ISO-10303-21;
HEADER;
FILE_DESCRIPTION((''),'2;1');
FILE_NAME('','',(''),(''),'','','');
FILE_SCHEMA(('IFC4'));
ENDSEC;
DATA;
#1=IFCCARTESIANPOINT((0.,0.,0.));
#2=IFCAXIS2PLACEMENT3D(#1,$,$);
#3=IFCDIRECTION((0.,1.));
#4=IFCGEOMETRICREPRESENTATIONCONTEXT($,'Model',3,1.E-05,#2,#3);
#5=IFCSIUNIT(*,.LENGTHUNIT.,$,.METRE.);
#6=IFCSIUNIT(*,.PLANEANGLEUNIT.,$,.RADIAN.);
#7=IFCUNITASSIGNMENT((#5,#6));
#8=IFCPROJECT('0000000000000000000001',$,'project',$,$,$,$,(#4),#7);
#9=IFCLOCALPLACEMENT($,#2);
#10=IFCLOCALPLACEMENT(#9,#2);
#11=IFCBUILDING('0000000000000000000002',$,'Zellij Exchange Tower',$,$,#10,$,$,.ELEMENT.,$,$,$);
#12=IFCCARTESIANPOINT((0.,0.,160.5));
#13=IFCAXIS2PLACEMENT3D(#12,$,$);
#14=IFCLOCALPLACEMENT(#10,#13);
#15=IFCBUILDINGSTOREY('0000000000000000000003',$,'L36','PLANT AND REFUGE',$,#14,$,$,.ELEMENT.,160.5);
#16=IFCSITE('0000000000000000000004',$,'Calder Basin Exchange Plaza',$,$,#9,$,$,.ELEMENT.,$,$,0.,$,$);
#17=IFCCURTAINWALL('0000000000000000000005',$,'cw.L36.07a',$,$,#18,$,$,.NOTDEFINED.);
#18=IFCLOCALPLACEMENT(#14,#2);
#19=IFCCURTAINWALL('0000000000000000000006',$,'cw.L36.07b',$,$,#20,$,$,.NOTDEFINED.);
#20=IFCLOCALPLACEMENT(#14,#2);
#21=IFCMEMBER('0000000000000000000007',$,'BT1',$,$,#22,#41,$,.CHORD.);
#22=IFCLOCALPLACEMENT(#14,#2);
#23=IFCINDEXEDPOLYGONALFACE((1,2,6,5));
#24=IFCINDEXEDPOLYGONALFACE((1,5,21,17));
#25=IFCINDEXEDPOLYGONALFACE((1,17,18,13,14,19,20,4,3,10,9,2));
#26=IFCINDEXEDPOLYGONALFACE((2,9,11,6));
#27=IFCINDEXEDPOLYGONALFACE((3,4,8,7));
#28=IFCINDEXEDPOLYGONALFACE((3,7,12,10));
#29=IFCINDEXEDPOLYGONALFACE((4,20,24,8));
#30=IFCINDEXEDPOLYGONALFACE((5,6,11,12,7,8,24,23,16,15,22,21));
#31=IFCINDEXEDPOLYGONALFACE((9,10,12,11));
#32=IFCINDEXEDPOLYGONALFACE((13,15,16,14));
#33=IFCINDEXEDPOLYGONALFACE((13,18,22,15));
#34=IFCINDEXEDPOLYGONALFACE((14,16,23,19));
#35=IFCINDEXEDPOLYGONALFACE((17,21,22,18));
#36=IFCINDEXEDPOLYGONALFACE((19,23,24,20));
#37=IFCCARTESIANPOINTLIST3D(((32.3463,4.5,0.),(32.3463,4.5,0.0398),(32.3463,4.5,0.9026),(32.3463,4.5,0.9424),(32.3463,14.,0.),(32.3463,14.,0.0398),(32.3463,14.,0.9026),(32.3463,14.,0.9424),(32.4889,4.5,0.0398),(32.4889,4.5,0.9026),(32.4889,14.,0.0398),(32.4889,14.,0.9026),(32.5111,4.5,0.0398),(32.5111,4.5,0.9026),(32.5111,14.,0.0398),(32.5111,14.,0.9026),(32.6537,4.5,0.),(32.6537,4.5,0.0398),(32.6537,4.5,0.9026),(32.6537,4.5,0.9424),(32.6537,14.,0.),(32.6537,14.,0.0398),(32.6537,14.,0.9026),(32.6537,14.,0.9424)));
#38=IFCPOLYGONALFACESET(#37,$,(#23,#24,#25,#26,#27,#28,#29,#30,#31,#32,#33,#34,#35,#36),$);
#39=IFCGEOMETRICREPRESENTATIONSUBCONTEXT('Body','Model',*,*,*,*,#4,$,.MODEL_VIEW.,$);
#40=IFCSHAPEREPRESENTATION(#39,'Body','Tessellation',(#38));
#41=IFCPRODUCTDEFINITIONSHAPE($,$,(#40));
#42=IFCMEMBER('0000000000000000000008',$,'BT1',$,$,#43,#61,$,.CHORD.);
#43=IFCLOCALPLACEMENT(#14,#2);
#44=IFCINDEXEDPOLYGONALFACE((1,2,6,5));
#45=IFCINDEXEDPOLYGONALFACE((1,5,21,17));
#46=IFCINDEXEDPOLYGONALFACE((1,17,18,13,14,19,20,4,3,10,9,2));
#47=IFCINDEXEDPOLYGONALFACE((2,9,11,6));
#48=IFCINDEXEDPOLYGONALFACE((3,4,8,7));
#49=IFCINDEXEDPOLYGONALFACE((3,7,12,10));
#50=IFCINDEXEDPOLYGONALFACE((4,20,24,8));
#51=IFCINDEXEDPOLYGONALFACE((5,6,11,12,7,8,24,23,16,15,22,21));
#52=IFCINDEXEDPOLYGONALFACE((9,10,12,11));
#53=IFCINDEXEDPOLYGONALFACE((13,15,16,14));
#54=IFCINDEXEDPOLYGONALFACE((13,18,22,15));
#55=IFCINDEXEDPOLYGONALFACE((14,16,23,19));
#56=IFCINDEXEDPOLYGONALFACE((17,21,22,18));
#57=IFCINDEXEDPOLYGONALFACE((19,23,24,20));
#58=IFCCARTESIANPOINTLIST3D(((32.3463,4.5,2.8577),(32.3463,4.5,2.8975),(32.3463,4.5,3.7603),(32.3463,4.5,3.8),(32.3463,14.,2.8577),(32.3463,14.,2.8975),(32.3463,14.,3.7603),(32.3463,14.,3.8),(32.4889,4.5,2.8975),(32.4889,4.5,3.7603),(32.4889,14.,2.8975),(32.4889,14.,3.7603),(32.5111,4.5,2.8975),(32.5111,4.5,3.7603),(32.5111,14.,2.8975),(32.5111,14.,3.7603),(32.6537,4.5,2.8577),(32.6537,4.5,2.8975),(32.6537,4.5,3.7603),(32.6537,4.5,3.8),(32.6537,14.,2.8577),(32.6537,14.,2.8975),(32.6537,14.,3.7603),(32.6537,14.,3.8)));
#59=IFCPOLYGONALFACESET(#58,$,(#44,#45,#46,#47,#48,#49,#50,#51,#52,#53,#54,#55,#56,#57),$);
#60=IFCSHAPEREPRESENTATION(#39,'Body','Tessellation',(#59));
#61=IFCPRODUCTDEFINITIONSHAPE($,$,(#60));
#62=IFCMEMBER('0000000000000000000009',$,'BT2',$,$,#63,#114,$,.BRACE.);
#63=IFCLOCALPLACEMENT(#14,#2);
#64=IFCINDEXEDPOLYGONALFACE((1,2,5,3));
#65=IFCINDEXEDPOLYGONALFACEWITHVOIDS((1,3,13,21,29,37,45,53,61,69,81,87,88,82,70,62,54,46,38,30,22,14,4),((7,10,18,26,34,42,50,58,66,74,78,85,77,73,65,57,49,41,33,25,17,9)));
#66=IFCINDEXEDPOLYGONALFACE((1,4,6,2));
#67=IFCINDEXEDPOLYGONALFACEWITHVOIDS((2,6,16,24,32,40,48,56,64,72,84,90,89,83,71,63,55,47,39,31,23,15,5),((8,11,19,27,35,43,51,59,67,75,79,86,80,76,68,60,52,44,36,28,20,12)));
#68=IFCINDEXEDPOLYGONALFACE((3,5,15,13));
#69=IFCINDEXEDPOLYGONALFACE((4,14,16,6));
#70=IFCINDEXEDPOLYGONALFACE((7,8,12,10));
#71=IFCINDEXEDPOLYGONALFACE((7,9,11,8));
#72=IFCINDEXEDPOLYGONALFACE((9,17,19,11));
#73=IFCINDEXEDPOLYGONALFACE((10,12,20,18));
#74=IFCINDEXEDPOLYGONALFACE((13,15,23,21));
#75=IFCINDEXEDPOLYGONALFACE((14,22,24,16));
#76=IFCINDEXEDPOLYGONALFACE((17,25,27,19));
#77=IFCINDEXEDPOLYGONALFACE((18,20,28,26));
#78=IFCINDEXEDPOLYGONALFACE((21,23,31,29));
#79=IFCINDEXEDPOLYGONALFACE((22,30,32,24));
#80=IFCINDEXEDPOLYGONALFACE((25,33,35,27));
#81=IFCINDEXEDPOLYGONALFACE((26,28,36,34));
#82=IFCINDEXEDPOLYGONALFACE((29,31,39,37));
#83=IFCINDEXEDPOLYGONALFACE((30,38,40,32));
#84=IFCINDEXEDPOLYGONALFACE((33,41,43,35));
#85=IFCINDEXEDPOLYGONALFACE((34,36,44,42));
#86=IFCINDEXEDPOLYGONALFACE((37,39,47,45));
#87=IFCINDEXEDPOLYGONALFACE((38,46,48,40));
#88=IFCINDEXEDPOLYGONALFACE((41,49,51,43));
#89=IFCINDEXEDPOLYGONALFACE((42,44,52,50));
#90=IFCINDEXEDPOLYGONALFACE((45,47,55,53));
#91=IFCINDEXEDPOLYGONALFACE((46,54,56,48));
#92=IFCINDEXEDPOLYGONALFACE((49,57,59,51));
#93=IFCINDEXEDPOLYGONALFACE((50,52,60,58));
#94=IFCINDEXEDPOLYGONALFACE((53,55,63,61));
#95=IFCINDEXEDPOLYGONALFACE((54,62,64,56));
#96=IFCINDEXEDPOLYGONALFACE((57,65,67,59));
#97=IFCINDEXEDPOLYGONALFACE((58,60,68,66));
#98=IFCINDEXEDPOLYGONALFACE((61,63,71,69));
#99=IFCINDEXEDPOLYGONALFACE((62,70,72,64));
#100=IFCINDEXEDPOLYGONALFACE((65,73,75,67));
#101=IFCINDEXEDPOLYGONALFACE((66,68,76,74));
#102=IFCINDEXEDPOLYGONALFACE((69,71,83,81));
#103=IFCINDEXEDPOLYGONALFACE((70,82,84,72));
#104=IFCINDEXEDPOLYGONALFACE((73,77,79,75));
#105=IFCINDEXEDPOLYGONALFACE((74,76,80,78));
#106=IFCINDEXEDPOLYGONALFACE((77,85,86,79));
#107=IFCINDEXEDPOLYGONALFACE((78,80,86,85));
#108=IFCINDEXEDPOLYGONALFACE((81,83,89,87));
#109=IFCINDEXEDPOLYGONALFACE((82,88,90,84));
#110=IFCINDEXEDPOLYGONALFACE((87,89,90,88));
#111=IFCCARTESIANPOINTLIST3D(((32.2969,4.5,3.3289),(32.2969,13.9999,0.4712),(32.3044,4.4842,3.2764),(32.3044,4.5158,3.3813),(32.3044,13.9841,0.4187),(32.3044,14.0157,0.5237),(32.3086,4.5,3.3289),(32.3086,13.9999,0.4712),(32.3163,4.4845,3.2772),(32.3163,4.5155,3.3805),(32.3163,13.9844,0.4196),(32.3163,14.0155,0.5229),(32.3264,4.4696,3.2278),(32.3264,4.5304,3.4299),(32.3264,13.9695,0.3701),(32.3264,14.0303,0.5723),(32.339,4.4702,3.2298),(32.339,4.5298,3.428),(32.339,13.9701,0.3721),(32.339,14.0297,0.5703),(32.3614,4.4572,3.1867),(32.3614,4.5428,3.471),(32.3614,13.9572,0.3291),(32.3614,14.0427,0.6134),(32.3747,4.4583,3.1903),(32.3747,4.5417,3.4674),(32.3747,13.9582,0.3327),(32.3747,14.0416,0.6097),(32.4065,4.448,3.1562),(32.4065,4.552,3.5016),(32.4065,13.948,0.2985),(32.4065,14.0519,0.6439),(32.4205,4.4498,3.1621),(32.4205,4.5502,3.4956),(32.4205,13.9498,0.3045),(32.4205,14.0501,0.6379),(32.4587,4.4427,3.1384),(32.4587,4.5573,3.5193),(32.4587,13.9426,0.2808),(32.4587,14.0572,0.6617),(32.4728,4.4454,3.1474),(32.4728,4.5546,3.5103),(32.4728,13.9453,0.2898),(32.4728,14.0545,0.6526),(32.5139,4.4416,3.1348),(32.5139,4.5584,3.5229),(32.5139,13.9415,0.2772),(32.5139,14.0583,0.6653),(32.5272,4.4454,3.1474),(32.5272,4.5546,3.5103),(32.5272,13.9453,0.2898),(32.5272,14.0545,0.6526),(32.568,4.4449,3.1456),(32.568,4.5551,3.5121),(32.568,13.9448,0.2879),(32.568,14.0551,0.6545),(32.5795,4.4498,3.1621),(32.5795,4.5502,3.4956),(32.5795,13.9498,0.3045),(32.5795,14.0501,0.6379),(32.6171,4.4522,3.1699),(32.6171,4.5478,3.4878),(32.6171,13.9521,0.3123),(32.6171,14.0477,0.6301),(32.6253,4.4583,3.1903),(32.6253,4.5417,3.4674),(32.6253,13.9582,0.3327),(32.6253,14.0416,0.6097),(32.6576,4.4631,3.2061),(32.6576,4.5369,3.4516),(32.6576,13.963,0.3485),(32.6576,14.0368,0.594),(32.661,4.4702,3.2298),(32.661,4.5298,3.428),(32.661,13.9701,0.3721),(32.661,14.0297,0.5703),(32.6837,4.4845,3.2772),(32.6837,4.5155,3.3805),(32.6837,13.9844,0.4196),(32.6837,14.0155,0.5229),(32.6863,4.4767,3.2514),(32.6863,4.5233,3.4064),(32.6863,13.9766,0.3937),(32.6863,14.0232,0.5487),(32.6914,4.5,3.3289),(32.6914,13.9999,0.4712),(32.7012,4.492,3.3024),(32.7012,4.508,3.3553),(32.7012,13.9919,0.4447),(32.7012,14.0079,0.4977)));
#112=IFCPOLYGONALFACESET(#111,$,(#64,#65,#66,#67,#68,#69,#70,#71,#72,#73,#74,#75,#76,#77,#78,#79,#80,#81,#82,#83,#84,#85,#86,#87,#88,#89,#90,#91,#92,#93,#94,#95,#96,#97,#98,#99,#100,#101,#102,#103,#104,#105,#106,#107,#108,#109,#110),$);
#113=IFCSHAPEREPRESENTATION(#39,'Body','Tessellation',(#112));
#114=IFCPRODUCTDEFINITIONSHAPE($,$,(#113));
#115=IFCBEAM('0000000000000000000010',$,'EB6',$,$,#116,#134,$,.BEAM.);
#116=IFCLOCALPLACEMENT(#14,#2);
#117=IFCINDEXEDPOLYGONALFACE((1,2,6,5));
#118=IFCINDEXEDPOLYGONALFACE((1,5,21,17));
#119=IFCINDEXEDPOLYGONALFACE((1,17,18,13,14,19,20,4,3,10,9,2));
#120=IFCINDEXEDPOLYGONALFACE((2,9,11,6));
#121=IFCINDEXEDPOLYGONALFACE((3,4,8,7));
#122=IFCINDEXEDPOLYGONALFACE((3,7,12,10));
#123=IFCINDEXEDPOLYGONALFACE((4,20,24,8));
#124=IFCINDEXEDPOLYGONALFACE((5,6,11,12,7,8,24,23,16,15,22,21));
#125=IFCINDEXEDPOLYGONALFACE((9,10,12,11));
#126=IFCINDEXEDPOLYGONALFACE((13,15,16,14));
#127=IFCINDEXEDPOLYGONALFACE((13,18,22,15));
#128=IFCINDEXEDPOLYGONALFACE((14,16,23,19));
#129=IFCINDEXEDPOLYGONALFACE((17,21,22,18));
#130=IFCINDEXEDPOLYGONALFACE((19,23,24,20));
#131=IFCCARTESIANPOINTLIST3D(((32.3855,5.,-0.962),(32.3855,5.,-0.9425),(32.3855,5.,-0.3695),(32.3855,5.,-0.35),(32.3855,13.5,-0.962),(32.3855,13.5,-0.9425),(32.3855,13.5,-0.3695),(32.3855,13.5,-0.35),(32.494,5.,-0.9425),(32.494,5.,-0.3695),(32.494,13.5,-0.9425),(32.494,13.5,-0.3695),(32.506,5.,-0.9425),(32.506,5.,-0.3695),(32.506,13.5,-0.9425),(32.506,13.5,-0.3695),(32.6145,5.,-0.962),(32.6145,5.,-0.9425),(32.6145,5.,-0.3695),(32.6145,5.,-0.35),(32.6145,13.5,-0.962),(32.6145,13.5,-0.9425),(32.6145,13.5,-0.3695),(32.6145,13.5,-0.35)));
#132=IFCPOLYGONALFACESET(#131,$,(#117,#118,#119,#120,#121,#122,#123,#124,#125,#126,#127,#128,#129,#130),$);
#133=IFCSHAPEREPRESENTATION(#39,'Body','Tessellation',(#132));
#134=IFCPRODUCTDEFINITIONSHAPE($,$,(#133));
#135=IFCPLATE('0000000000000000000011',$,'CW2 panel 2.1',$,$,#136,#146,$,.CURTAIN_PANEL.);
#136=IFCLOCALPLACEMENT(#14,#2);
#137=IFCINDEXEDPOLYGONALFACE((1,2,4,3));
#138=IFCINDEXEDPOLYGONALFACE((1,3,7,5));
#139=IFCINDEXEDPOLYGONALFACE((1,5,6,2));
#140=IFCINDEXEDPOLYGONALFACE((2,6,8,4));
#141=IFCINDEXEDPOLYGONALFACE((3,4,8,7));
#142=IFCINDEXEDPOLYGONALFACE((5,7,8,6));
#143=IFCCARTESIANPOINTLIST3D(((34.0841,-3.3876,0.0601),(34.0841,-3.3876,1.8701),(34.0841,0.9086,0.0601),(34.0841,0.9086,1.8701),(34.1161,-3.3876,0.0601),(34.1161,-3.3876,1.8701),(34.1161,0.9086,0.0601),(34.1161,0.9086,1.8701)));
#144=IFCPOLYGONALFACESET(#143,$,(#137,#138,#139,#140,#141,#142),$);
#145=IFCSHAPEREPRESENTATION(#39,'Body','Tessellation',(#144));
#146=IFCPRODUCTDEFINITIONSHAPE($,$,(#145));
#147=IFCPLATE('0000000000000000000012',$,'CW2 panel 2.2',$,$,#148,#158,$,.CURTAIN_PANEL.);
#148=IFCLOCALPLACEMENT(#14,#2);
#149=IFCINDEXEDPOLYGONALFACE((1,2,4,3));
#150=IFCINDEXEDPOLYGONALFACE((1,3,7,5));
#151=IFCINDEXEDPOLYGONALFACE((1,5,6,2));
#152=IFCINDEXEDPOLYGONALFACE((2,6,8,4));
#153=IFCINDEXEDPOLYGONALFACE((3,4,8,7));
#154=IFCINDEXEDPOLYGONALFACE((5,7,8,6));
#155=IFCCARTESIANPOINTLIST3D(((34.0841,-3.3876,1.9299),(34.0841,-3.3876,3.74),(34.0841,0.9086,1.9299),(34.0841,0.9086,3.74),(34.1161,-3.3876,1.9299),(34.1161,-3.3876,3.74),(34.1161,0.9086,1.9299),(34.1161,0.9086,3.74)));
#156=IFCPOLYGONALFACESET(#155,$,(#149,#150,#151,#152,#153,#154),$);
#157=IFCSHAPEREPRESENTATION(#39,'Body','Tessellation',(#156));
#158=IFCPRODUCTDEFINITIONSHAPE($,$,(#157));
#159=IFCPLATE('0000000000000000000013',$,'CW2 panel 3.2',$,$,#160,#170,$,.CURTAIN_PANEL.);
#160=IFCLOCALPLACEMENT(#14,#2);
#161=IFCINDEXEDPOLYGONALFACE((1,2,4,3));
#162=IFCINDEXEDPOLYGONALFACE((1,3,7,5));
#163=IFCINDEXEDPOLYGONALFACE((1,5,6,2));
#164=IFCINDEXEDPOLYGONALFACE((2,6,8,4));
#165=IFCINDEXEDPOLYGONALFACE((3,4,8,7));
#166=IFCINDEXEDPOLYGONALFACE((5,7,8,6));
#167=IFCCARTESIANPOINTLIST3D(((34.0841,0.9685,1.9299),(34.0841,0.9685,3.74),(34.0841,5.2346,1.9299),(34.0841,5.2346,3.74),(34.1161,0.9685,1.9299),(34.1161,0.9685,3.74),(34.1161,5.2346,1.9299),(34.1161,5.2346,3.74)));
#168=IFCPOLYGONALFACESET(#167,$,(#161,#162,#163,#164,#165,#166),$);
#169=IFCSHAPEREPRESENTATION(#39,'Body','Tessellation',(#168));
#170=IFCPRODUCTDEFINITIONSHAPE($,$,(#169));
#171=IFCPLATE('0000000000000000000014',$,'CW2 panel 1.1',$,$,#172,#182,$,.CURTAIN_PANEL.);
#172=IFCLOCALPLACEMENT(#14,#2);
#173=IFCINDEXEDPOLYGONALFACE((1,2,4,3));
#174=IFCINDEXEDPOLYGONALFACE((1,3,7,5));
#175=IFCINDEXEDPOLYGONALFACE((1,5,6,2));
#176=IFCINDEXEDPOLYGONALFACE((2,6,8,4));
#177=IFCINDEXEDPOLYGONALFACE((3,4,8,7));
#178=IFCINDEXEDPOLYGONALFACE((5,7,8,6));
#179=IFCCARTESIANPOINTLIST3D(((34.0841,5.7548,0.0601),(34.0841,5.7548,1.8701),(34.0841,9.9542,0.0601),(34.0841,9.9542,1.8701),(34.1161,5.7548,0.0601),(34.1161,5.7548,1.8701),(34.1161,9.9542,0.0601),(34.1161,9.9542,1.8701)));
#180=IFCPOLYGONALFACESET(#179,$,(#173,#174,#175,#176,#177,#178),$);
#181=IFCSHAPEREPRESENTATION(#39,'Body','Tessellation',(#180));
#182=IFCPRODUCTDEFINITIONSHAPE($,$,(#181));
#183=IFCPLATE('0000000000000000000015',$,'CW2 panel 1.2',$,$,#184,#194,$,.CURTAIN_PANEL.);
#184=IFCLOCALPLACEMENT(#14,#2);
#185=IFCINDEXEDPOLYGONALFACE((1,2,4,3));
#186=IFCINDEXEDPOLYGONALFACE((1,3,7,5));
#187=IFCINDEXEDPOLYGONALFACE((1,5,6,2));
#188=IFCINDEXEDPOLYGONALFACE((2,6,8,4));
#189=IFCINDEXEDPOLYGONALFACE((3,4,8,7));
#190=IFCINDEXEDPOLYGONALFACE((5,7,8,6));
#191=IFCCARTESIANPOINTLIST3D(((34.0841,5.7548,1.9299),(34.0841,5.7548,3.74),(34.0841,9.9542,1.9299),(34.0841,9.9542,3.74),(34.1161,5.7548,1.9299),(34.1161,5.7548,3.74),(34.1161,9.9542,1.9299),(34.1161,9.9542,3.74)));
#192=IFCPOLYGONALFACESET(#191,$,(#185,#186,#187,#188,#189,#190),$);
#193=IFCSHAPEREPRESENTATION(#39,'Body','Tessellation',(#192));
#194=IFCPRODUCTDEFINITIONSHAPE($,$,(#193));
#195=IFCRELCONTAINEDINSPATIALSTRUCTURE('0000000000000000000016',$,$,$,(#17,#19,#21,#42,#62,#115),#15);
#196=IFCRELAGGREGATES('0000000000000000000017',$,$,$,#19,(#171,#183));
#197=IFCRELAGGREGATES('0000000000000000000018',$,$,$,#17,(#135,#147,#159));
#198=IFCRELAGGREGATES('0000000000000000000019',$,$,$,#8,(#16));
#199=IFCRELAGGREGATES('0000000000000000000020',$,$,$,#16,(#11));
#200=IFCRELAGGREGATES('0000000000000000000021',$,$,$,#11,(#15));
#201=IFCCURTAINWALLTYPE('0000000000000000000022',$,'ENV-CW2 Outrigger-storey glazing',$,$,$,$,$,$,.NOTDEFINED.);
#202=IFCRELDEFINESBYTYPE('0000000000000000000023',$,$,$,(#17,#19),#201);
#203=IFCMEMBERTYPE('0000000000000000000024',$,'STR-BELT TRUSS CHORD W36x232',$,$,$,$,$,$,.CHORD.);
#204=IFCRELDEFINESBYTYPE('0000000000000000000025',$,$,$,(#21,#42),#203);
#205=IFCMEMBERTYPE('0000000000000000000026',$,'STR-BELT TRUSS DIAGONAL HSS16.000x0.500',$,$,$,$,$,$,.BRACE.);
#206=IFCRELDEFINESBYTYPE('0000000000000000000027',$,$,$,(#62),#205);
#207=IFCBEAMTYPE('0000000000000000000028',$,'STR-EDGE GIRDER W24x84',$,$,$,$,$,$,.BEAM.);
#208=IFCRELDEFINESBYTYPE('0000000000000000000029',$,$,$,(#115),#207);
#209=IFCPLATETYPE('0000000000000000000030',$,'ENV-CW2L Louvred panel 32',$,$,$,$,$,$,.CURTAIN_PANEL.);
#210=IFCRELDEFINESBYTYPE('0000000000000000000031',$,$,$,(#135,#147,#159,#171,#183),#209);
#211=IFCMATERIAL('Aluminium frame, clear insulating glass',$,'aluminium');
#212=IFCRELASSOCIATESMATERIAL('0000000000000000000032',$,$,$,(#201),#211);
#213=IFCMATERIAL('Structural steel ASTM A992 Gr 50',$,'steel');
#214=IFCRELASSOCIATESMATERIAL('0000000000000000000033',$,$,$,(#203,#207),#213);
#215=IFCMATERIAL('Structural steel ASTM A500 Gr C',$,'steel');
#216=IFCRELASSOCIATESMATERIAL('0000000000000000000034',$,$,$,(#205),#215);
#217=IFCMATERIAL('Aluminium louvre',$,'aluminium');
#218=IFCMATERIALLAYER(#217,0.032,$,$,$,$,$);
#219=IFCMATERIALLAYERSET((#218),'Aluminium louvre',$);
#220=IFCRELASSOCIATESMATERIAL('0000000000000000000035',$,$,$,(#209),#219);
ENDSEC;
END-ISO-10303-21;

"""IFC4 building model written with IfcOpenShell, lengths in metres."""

from ifc_helpers import new_model, si_unit, direction, frame, origin, origin_2d, place, context, subcontext, project, spatial, rectangle, hollow_circle, i_section, extrude, material, layer, layer_set, material_profile, profile_set, type_object, element, aggregate, save


model = new_model("IFC4")

# Units and contexts
model_context = context("Model", 3, precision=1e-05, world=origin(), true_north=direction((0.0, 1.0)))
body_context = subcontext(model_context, "Body", "Model", "MODEL_VIEW")
ifc_project = project(units=[si_unit("LENGTHUNIT", "METRE"), si_unit("PLANEANGLEUNIT", "RADIAN")], contexts=[model_context])

# Site, building, storey
site_placement = place(None, origin())
site = spatial("IfcSite", under=ifc_project, at=site_placement, Name="Calder Basin Exchange Plaza", CompositionType="ELEMENT", RefElevation=0.0)
building_placement = place(site_placement, origin())
building = spatial("IfcBuilding", under=site, at=building_placement, Name="Zellij Exchange Tower", CompositionType="ELEMENT")
storey_placement = place(building_placement, frame((0.0, 0.0, 160.5)))
storey = spatial("IfcBuildingStorey", under=building, at=storey_placement, Name="L36", Description="PLANT AND REFUGE", CompositionType="ELEMENT", Elevation=160.5)

# Curtain wall
ifc_material_1 = material(Name="Aluminium frame, clear insulating glass", Category="aluminium")
curtain_wall_type = type_object("IfcCurtainWallType", Name="ENV-CW2 Outrigger-storey glazing", PredefinedType="NOTDEFINED", material=ifc_material_1)
curtain_wall_1_placement = place(storey_placement, origin())
curtain_wall_1 = element("IfcCurtainWall", 1, at=curtain_wall_1_placement, inside=storey, type_object=curtain_wall_type, Name="cw.L36.07a", PredefinedType="NOTDEFINED")

# Curtain wall
curtain_wall_2_placement = place(storey_placement, origin())
curtain_wall_2 = element("IfcCurtainWall", 2, at=curtain_wall_2_placement, inside=storey, type_object=curtain_wall_type, Name="cw.L36.07b", PredefinedType="NOTDEFINED")

# Members
ifc_material_2 = material(Name="Structural steel ASTM A992 Gr 50", Category="steel")
ifc_material_profile_1 = material_profile(ifc_material_2, i_section(OverallWidth=0.3074, OverallDepth=0.9424, WebThickness=0.0222, FlangeThickness=0.0398, at=origin_2d()), Name="W36x232")
ifc_profile_set_1 = profile_set([ifc_material_profile_1], Name="Structural steel ASTM A992 Gr 50")
member_type_1 = type_object("IfcMemberType", Name="STR-BELT TRUSS CHORD W36x232", PredefinedType="CHORD", material=ifc_profile_set_1)
for number, where, z_axis, x_axis, name in (
    (3, (32.5, 4.5, 0.4712), (0.0, 1.0, 0.0), (-1.0, 0.0, 0.0), "BT1"),
    (4, (32.5, 4.5, 3.3289), (0.0, 1.0, 0.0), (-1.0, 0.0, 0.0), "BT1"),
):
    element("IfcMember", number, at=place(storey_placement, frame(where, z_axis=z_axis, x_axis=x_axis)), inside=storey, type_object=member_type_1, Name=name, PredefinedType="CHORD", context=body_context, shape_type="SweptSolid", body=[
        extrude(i_section(OverallWidth=0.3074, OverallDepth=0.9424, WebThickness=0.0222, FlangeThickness=0.0398, at=origin_2d()), origin(), (0.0, 0.0, 1.0), 9.5),
    ])
ifc_material_3 = material(Name="Structural steel ASTM A500 Gr C", Category="steel")
ifc_material_profile_2 = material_profile(ifc_material_3, hollow_circle(Radius=0.2031, WallThickness=0.0117, at=origin_2d()), Name="STR-BELT TRUSS DIAGONAL HSS16.000x0.500")
ifc_profile_set_2 = profile_set([ifc_material_profile_2], Name="Structural steel ASTM A500 Gr C")
member_type_2 = type_object("IfcMemberType", Name="STR-BELT TRUSS DIAGONAL HSS16.000x0.500", PredefinedType="BRACE", material=ifc_profile_set_2)
member_1_placement = place(storey_placement, frame((32.5, 4.5, 3.3289), z_axis=(0.0, 0.957613, -0.288057), x_axis=(-1.0, 0.0, 0.0)))
element("IfcMember", 5, at=member_1_placement, inside=storey, type_object=member_type_2, Name="BT2", PredefinedType="BRACE", context=body_context, shape_type="SweptSolid", body=[
    extrude(hollow_circle(Radius=0.2031, WallThickness=0.0117, at=origin_2d()), origin(), (0.0, 0.0, 1.0), 9.9204),
])

# Beam
ifc_material_profile_3 = material_profile(ifc_material_2, i_section(OverallWidth=0.229, OverallDepth=0.6121, WebThickness=0.012, FlangeThickness=0.0195, at=origin_2d()), Name="W24x84")
ifc_profile_set_3 = profile_set([ifc_material_profile_3], Name="Structural steel ASTM A992 Gr 50")
beam_type = type_object("IfcBeamType", Name="STR-EDGE GIRDER W24x84", PredefinedType="BEAM", material=ifc_profile_set_3)
beam_placement = place(storey_placement, frame((32.5, 5.0, -0.656), z_axis=(0.0, 1.0, 0.0), x_axis=(-1.0, 0.0, 0.0)))
element("IfcBeam", 6, at=beam_placement, inside=storey, type_object=beam_type, Name="EB6", PredefinedType="BEAM", context=body_context, shape_type="SweptSolid", body=[
    extrude(i_section(OverallWidth=0.229, OverallDepth=0.6121, WebThickness=0.012, FlangeThickness=0.0195, at=origin_2d()), origin(), (0.0, 0.0, 1.0), 8.5),
])

# Plates
ifc_material_4 = material(Name="Aluminium louvre", Category="aluminium")
ifc_layer_1 = layer(ifc_material_4, 0.032)
ifc_layer_set_1 = layer_set([ifc_layer_1], Name="Aluminium louvre")
plate_type_1 = type_object("IfcPlateType", Name="ENV-CW2L Louvred panel 32", PredefinedType="CURTAIN_PANEL", material=ifc_layer_set_1)
plate_1_placement = place(storey_placement, frame((34.1001, -1.2395, 0.0601), z_axis=(0.0, 0.0, 1.0), x_axis=(0.0, 1.0, 0.0)))
plate_1 = element("IfcPlate", 7, at=plate_1_placement, type_object=plate_type_1, Name="CW2 panel 2.1", PredefinedType="CURTAIN_PANEL", context=body_context, shape_type="SweptSolid", body=[
    extrude(rectangle(XDim=4.2961, YDim=0.032, at=origin_2d()), origin(), (0.0, 0.0, 1.0), 1.8101),
])
plate_2_placement = place(storey_placement, frame((34.1001, -1.2395, 1.9299), z_axis=(0.0, 0.0, 1.0), x_axis=(0.0, 1.0, 0.0)))
plate_2 = element("IfcPlate", 8, at=plate_2_placement, type_object=plate_type_1, Name="CW2 panel 2.2", PredefinedType="CURTAIN_PANEL", context=body_context, shape_type="SweptSolid", body=[
    extrude(rectangle(XDim=4.2961, YDim=0.032, at=origin_2d()), origin(), (0.0, 0.0, 1.0), 1.8101),
])
plate_3_placement = place(storey_placement, frame((34.1001, 3.1016, 1.9299), z_axis=(0.0, 0.0, 1.0), x_axis=(0.0, 1.0, 0.0)))
plate_3 = element("IfcPlate", 9, at=plate_3_placement, type_object=plate_type_1, Name="CW2 panel 3.2", PredefinedType="CURTAIN_PANEL", context=body_context, shape_type="SweptSolid", body=[
    extrude(rectangle(XDim=4.2661, YDim=0.032, at=origin_2d()), origin(), (0.0, 0.0, 1.0), 1.8101),
])
plate_4_placement = place(storey_placement, frame((34.1001, 7.8545, 0.0601), z_axis=(0.0, 0.0, 1.0), x_axis=(0.0, 1.0, 0.0)))
plate_4 = element("IfcPlate", 10, at=plate_4_placement, type_object=plate_type_1, Name="CW2 panel 1.1", PredefinedType="CURTAIN_PANEL", context=body_context, shape_type="SweptSolid", body=[
    extrude(rectangle(XDim=4.1995, YDim=0.032, at=origin_2d()), origin(), (0.0, 0.0, 1.0), 1.8101),
])
plate_5_placement = place(storey_placement, frame((34.1001, 7.8545, 1.9299), z_axis=(0.0, 0.0, 1.0), x_axis=(0.0, 1.0, 0.0)))
plate_5 = element("IfcPlate", 11, at=plate_5_placement, type_object=plate_type_1, Name="CW2 panel 1.2", PredefinedType="CURTAIN_PANEL", context=body_context, shape_type="SweptSolid", body=[
    extrude(rectangle(XDim=4.1995, YDim=0.032, at=origin_2d()), origin(), (0.0, 0.0, 1.0), 1.8101),
])
aggregate(curtain_wall_2, [plate_4, plate_5])
aggregate(curtain_wall_1, [plate_1, plate_2, plate_3])

save(model, "model.ifc")
